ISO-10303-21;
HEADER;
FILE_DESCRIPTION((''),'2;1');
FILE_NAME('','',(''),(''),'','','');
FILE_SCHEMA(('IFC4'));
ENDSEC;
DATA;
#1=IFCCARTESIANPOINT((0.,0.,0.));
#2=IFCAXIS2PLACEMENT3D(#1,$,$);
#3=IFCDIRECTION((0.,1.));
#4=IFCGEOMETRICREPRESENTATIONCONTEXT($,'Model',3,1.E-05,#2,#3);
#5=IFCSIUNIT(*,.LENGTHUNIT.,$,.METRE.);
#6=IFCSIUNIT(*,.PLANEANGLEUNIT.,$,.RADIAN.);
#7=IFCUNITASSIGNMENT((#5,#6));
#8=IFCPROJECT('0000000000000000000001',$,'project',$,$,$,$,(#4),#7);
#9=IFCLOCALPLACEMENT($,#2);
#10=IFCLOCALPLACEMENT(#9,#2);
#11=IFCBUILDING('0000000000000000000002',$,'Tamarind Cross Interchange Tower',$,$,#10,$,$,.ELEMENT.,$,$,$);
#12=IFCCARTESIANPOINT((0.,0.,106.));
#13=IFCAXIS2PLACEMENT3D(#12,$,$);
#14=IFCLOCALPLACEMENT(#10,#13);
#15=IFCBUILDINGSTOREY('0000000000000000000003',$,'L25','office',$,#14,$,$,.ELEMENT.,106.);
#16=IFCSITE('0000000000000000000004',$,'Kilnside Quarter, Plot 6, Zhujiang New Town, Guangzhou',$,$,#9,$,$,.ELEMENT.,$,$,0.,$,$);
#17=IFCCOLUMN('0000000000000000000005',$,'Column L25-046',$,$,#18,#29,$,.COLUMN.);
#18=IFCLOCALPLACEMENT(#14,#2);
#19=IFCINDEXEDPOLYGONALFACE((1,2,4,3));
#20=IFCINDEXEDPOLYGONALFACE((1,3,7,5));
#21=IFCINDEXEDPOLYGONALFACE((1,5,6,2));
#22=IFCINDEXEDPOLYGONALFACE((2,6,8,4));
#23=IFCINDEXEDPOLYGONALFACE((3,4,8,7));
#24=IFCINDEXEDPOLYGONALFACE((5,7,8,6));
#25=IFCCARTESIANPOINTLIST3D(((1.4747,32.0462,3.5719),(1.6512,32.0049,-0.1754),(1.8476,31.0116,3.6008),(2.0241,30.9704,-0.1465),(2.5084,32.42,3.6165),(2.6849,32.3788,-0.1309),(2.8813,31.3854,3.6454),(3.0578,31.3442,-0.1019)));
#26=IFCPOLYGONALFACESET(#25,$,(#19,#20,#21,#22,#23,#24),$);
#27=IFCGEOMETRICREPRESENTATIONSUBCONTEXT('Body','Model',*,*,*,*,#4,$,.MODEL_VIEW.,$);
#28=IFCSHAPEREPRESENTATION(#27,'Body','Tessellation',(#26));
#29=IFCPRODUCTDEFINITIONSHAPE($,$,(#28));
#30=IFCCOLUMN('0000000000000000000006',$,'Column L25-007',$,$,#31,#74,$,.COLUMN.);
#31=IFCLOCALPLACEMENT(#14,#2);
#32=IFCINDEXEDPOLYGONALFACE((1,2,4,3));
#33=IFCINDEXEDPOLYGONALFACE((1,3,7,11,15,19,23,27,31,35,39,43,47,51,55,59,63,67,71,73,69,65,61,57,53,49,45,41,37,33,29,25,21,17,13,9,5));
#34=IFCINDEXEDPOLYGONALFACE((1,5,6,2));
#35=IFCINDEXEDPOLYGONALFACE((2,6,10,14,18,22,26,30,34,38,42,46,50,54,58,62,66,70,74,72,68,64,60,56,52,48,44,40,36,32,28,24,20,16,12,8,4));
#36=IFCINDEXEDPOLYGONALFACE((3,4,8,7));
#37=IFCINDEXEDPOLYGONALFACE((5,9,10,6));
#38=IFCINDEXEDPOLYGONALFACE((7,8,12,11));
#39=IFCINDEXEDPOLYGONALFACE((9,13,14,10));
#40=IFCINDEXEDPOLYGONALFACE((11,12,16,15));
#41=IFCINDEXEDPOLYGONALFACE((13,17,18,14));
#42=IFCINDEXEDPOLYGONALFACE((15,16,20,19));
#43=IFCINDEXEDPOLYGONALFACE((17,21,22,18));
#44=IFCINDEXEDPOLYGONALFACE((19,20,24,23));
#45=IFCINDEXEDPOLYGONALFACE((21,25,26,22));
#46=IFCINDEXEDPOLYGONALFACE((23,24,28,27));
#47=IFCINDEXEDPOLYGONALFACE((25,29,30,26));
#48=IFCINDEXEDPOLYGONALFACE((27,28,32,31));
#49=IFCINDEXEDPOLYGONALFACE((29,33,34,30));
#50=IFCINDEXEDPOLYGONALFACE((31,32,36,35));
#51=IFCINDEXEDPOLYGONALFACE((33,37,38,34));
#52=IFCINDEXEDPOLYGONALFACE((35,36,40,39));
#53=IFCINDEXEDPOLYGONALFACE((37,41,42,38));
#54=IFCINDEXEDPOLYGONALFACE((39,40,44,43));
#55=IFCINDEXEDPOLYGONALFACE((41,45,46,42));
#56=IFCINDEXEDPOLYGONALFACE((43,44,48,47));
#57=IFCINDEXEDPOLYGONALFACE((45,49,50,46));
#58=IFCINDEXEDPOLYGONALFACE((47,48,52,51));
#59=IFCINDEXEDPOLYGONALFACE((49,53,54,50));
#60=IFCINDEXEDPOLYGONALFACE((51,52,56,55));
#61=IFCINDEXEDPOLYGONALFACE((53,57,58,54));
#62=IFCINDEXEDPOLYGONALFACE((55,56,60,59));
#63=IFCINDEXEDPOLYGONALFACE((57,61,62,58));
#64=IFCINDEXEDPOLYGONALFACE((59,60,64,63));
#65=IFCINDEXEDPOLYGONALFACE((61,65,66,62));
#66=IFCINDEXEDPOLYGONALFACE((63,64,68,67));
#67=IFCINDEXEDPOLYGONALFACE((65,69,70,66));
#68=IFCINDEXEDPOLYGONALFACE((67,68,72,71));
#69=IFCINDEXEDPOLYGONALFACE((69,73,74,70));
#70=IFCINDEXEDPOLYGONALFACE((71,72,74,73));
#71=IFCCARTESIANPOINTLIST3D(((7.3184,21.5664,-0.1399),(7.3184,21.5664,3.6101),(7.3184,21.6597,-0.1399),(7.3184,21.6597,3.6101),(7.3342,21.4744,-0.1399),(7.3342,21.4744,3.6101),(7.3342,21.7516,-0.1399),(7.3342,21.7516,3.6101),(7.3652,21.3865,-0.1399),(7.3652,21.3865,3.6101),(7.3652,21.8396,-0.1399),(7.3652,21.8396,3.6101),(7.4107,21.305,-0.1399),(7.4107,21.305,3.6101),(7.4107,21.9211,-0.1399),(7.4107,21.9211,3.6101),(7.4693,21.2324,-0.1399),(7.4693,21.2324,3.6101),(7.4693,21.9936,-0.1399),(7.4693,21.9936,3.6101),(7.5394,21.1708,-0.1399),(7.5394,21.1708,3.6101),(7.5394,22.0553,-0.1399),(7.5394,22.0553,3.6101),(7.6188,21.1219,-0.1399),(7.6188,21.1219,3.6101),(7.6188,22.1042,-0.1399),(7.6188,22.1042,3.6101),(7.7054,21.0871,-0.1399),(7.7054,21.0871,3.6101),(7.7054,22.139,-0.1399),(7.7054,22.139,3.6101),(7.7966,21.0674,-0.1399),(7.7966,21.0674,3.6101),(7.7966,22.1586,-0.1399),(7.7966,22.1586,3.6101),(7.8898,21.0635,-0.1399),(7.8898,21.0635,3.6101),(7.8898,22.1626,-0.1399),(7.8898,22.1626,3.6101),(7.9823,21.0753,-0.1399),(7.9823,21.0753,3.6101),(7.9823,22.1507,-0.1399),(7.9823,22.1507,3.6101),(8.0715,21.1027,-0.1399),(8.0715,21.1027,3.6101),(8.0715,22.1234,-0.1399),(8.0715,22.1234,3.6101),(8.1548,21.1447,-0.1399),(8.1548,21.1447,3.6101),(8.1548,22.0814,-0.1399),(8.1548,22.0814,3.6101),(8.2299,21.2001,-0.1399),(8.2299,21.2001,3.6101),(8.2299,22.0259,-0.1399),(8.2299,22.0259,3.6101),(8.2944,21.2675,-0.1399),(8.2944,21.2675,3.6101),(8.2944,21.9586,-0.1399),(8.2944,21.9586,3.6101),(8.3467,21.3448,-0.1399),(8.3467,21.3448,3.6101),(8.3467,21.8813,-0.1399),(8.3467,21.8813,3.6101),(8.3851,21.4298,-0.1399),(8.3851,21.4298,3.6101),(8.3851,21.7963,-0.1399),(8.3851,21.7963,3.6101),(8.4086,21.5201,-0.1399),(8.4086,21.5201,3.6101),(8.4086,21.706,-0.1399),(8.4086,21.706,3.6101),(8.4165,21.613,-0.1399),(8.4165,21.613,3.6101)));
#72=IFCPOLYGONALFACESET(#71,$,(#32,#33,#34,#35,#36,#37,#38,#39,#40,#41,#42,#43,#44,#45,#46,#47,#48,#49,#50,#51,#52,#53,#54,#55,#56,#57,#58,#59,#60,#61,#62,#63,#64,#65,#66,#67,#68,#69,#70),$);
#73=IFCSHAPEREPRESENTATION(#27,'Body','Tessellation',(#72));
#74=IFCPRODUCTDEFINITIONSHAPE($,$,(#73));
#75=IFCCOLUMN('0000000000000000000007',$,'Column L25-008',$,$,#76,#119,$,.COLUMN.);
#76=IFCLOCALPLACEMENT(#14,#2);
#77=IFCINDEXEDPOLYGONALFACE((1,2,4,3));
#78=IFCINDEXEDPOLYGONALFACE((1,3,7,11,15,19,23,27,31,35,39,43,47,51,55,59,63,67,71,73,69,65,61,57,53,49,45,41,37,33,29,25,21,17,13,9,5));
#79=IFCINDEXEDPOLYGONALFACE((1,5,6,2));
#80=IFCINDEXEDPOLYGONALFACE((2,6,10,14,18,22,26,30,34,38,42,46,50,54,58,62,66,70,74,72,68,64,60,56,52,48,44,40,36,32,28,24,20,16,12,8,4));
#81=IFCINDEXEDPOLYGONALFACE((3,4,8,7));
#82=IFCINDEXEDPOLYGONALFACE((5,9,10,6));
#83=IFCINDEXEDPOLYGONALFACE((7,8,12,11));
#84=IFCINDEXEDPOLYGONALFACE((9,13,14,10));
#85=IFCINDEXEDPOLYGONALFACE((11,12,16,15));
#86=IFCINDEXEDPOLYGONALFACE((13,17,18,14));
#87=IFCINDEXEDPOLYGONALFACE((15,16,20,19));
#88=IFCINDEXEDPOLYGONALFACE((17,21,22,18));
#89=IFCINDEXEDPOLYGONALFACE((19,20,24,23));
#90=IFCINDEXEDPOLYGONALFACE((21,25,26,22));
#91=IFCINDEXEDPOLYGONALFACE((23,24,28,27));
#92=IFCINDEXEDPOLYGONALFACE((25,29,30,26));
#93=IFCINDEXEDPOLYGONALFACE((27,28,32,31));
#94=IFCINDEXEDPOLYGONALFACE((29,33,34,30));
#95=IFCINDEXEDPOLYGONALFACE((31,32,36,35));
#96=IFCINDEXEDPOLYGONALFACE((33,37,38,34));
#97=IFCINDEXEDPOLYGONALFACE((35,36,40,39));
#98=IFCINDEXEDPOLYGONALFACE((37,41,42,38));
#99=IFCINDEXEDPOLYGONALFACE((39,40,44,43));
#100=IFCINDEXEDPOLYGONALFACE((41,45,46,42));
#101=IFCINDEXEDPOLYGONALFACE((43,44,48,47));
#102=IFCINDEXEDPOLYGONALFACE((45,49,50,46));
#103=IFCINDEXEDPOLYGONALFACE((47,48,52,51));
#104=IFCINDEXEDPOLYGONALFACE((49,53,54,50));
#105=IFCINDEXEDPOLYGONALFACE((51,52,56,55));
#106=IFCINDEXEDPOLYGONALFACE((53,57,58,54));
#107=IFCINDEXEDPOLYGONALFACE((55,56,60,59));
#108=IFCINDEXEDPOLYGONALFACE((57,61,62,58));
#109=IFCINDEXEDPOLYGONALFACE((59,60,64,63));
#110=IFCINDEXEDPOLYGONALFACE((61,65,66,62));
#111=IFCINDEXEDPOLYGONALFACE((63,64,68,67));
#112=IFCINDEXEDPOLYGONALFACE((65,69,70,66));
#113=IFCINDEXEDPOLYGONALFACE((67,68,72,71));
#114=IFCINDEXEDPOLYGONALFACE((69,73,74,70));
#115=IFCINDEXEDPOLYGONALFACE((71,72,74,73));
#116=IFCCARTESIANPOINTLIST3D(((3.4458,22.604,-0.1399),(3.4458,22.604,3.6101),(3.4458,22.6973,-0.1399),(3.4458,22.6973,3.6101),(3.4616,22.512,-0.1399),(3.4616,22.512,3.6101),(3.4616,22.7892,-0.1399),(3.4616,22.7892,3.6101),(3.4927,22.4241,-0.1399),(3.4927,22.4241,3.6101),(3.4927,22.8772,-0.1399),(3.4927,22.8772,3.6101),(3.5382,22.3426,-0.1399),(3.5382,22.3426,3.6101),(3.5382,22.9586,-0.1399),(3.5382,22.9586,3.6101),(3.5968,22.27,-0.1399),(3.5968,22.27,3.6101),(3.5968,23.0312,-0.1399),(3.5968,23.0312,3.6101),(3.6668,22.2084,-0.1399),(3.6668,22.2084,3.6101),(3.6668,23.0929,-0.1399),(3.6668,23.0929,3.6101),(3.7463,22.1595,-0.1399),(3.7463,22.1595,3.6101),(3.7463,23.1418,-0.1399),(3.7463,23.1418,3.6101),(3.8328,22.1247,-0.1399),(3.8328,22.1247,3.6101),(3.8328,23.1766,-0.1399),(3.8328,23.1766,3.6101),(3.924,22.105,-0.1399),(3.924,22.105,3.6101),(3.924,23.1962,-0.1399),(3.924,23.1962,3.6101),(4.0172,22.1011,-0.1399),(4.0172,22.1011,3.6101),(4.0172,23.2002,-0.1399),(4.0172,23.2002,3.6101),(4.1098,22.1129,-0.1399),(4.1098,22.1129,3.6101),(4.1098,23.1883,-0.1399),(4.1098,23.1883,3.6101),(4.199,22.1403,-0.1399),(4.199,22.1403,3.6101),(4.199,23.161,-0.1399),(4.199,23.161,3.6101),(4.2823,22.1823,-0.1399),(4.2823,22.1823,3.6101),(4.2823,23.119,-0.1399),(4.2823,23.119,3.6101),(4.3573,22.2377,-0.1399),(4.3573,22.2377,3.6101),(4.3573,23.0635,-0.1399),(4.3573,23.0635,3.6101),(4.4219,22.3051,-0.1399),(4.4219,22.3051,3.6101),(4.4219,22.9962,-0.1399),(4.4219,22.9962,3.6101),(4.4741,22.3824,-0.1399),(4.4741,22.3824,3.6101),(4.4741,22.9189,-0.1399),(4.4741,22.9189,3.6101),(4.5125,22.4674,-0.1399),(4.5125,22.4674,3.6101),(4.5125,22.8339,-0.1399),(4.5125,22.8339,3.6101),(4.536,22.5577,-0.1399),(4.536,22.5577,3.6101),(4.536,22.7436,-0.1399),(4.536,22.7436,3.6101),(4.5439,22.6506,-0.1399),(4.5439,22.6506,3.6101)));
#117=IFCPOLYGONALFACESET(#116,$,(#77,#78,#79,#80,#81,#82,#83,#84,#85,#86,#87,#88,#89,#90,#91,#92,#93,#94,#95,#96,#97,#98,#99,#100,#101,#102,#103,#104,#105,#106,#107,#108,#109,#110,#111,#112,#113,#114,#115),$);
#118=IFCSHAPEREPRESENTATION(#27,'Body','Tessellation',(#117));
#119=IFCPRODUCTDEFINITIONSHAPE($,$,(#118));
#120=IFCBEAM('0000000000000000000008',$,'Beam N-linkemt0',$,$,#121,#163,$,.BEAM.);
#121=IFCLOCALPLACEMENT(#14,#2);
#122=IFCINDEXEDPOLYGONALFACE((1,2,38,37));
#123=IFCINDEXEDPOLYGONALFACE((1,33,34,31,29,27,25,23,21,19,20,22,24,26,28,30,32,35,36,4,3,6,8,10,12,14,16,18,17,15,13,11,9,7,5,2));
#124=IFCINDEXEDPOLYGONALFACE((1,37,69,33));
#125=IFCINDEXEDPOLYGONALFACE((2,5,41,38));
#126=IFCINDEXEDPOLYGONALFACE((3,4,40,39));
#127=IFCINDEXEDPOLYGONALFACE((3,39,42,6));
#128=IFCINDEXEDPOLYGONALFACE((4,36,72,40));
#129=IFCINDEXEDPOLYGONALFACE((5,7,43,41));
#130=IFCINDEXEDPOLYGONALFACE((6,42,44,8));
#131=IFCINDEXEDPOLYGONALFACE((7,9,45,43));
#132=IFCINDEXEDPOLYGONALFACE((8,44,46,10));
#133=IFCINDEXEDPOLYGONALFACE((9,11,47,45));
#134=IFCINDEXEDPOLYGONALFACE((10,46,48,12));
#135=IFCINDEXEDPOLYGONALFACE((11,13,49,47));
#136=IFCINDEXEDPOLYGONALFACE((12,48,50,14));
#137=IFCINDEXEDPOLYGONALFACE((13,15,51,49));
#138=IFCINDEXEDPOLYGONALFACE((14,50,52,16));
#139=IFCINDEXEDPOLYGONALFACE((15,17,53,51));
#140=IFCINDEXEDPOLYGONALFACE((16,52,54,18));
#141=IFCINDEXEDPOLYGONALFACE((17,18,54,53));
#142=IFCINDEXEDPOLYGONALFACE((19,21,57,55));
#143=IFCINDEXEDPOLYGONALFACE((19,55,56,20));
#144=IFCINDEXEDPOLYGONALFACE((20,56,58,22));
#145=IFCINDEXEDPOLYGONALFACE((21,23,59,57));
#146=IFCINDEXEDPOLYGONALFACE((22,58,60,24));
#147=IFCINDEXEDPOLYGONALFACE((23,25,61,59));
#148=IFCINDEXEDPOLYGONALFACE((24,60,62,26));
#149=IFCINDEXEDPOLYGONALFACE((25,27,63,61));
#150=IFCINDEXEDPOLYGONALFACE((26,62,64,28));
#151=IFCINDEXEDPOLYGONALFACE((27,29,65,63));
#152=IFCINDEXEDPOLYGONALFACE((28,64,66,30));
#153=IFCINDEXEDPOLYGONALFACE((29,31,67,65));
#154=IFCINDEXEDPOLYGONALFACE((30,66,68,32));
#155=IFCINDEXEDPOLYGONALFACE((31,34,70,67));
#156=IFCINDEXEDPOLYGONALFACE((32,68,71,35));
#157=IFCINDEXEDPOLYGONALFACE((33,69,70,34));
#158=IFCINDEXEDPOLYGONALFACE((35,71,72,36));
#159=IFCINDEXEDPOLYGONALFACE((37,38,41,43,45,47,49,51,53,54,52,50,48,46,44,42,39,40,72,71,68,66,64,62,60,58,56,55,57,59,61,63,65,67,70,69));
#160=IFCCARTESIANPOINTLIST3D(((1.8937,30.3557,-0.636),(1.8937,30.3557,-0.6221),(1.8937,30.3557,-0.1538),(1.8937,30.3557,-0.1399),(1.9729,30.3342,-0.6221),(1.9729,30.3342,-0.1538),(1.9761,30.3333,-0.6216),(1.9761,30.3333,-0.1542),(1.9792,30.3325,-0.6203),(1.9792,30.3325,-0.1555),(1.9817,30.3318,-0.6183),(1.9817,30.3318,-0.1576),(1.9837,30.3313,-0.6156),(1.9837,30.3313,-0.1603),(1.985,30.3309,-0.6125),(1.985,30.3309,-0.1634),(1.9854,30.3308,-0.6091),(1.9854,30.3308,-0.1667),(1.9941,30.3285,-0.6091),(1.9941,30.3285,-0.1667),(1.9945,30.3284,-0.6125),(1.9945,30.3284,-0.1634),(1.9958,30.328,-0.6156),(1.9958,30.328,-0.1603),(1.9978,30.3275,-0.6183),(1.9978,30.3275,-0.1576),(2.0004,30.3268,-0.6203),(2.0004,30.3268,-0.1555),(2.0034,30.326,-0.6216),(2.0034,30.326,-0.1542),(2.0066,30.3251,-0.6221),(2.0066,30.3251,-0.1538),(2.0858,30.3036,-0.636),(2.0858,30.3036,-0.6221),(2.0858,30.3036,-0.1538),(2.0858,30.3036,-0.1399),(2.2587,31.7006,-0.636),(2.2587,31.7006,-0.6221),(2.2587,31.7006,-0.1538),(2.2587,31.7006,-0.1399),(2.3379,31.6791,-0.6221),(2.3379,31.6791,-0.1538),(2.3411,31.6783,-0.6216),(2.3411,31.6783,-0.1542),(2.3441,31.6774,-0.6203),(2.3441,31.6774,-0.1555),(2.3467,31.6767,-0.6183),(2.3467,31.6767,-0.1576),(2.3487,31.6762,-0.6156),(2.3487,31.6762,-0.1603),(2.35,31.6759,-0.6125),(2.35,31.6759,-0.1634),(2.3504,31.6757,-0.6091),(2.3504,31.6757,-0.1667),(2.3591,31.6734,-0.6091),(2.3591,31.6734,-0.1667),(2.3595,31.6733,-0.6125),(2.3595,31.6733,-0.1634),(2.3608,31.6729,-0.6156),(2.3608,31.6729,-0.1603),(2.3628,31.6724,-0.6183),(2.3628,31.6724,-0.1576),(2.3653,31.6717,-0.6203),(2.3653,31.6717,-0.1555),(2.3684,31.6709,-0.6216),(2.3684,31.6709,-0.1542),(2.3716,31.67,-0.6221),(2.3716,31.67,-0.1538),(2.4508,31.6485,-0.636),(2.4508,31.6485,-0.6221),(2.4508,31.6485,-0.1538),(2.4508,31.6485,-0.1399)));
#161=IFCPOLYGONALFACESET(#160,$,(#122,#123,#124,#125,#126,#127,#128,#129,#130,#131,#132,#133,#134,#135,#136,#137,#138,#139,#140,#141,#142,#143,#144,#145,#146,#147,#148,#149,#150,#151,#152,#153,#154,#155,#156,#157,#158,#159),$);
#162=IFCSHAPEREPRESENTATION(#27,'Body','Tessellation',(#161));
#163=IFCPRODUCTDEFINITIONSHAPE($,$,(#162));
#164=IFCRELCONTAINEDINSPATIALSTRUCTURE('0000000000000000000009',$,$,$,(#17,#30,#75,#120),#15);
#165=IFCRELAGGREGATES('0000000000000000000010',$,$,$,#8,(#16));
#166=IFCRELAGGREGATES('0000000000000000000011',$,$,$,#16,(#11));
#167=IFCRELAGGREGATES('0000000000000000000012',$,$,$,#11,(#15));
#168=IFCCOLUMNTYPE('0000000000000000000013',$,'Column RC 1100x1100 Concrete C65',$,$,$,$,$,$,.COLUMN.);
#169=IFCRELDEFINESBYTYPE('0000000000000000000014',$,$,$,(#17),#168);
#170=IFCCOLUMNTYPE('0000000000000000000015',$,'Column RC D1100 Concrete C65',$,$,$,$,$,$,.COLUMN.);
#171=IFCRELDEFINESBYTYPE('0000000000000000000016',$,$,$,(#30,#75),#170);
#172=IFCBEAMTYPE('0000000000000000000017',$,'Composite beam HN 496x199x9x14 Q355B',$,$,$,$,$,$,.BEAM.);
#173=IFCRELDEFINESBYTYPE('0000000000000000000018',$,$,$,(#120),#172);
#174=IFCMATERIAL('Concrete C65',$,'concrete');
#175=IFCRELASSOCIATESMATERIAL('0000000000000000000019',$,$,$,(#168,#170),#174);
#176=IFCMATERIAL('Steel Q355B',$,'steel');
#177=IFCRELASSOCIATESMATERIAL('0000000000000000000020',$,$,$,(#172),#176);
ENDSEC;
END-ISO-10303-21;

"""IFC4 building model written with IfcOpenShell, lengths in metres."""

from ifc_helpers import new_model, si_unit, direction, frame, origin, origin_2d, place, context, subcontext, project, spatial, rectangle, circle, i_section, extrude, material, material_profile, profile_set, type_object, element, save


model = new_model("IFC4")

# Units and contexts
model_context = context("Model", 3, precision=1e-05, world=origin(), true_north=direction((0.0, 1.0)))
body_context = subcontext(model_context, "Body", "Model", "MODEL_VIEW")
ifc_project = project(units=[si_unit("LENGTHUNIT", "METRE"), si_unit("PLANEANGLEUNIT", "RADIAN")], contexts=[model_context])

# Site, building, storey
site_placement = place(None, origin())
site = spatial("IfcSite", under=ifc_project, at=site_placement, Name="Kilnside Quarter, Plot 6, Zhujiang New Town, Guangzhou", CompositionType="ELEMENT", RefElevation=0.0)
building_placement = place(site_placement, origin())
building = spatial("IfcBuilding", under=site, at=building_placement, Name="Tamarind Cross Interchange Tower", CompositionType="ELEMENT")
storey_placement = place(building_placement, frame((0.0, 0.0, 106.0)))
storey = spatial("IfcBuildingStorey", under=building, at=storey_placement, Name="L25", Description="office", CompositionType="ELEMENT", Elevation=106.0)

# Columns
ifc_material_1 = material(Name="Concrete C65", Category="concrete")
ifc_material_profile_1 = material_profile(ifc_material_1, rectangle(XDim=1.1001, YDim=1.1001, at=origin_2d()), Name="RC 1100x1100")
ifc_profile_set_1 = profile_set([ifc_material_profile_1], Name="Concrete C65")
column_type_1 = type_object("IfcColumnType", Name="Column RC 1100x1100 Concrete C65", PredefinedType="COLUMN", material=ifc_profile_set_1)
column_placement = place(storey_placement, frame((2.3545, 31.6746, -0.1387), z_axis=(-0.047049, 0.010998, 0.998832), x_axis=(0.338964, -0.940431, 0.026321)))
element("IfcColumn", 1, at=column_placement, inside=storey, type_object=column_type_1, Name="Column L25-046", PredefinedType="COLUMN", context=body_context, shape_type="SweptSolid", body=[
    extrude(rectangle(XDim=1.1001, YDim=1.1001, at=origin_2d()), origin(), (0.0, 0.0, 1.0), 3.7517),
])
ifc_material_profile_2 = material_profile(ifc_material_1, circle(Radius=0.55, at=origin_2d()), Name="RC D1100")
ifc_profile_set_2 = profile_set([ifc_material_profile_2], Name="Concrete C65")
column_type_2 = type_object("IfcColumnType", Name="Column RC D1100 Concrete C65", PredefinedType="COLUMN", material=ifc_profile_set_2)
for number, where, z_axis, x_axis, name in (
    (2, (7.8665, 21.613, -0.1399), (0.0, 0.0, 1.0), (1.0, 0.0, 0.0), "Column L25-007"),
    (3, (3.9939, 22.6506, -0.1399), (0.0, 0.0, 1.0), (1.0, 0.0, 0.0), "Column L25-008"),
):
    element("IfcColumn", number, at=place(storey_placement, frame(where, z_axis=z_axis, x_axis=x_axis)), inside=storey, type_object=column_type_2, Name=name, PredefinedType="COLUMN", context=body_context, shape_type="SweptSolid", body=[
        extrude(circle(Radius=0.55, at=origin_2d()), origin(), (0.0, 0.0, 1.0), 3.75),
    ])

# Beam
ifc_material_2 = material(Name="Steel Q355B", Category="steel")
ifc_material_profile_3 = material_profile(ifc_material_2, i_section(OverallWidth=0.199, OverallDepth=0.4961, WebThickness=0.009, FlangeThickness=0.0139, FilletRadius=0.0129, at=origin_2d()), Name="HN 496x199x9x14")
ifc_profile_set_3 = profile_set([ifc_material_profile_3], Name="Steel Q355B")
beam_type_1 = type_object("IfcBeamType", Name="Composite beam HN 496x199x9x14 Q355B", PredefinedType="BEAM", material=ifc_profile_set_3)
beam_1_placement = place(storey_placement, frame((2.3547, 31.6746, -0.3879), z_axis=(-0.261902, -0.965095, 0.0), x_axis=(0.965095, -0.261902, 0.0)))
element("IfcBeam", 4, at=beam_1_placement, inside=storey, type_object=beam_type_1, Name="Beam N-linkemt0", PredefinedType="BEAM", context=body_context, shape_type="SweptSolid", body=[
    extrude(i_section(OverallWidth=0.199, OverallDepth=0.4961, WebThickness=0.009, FlangeThickness=0.0139, FilletRadius=0.0129, at=origin_2d()), origin(), (0.0, 0.0, 1.0), 1.3936),
])

save(model, "model.ifc")
